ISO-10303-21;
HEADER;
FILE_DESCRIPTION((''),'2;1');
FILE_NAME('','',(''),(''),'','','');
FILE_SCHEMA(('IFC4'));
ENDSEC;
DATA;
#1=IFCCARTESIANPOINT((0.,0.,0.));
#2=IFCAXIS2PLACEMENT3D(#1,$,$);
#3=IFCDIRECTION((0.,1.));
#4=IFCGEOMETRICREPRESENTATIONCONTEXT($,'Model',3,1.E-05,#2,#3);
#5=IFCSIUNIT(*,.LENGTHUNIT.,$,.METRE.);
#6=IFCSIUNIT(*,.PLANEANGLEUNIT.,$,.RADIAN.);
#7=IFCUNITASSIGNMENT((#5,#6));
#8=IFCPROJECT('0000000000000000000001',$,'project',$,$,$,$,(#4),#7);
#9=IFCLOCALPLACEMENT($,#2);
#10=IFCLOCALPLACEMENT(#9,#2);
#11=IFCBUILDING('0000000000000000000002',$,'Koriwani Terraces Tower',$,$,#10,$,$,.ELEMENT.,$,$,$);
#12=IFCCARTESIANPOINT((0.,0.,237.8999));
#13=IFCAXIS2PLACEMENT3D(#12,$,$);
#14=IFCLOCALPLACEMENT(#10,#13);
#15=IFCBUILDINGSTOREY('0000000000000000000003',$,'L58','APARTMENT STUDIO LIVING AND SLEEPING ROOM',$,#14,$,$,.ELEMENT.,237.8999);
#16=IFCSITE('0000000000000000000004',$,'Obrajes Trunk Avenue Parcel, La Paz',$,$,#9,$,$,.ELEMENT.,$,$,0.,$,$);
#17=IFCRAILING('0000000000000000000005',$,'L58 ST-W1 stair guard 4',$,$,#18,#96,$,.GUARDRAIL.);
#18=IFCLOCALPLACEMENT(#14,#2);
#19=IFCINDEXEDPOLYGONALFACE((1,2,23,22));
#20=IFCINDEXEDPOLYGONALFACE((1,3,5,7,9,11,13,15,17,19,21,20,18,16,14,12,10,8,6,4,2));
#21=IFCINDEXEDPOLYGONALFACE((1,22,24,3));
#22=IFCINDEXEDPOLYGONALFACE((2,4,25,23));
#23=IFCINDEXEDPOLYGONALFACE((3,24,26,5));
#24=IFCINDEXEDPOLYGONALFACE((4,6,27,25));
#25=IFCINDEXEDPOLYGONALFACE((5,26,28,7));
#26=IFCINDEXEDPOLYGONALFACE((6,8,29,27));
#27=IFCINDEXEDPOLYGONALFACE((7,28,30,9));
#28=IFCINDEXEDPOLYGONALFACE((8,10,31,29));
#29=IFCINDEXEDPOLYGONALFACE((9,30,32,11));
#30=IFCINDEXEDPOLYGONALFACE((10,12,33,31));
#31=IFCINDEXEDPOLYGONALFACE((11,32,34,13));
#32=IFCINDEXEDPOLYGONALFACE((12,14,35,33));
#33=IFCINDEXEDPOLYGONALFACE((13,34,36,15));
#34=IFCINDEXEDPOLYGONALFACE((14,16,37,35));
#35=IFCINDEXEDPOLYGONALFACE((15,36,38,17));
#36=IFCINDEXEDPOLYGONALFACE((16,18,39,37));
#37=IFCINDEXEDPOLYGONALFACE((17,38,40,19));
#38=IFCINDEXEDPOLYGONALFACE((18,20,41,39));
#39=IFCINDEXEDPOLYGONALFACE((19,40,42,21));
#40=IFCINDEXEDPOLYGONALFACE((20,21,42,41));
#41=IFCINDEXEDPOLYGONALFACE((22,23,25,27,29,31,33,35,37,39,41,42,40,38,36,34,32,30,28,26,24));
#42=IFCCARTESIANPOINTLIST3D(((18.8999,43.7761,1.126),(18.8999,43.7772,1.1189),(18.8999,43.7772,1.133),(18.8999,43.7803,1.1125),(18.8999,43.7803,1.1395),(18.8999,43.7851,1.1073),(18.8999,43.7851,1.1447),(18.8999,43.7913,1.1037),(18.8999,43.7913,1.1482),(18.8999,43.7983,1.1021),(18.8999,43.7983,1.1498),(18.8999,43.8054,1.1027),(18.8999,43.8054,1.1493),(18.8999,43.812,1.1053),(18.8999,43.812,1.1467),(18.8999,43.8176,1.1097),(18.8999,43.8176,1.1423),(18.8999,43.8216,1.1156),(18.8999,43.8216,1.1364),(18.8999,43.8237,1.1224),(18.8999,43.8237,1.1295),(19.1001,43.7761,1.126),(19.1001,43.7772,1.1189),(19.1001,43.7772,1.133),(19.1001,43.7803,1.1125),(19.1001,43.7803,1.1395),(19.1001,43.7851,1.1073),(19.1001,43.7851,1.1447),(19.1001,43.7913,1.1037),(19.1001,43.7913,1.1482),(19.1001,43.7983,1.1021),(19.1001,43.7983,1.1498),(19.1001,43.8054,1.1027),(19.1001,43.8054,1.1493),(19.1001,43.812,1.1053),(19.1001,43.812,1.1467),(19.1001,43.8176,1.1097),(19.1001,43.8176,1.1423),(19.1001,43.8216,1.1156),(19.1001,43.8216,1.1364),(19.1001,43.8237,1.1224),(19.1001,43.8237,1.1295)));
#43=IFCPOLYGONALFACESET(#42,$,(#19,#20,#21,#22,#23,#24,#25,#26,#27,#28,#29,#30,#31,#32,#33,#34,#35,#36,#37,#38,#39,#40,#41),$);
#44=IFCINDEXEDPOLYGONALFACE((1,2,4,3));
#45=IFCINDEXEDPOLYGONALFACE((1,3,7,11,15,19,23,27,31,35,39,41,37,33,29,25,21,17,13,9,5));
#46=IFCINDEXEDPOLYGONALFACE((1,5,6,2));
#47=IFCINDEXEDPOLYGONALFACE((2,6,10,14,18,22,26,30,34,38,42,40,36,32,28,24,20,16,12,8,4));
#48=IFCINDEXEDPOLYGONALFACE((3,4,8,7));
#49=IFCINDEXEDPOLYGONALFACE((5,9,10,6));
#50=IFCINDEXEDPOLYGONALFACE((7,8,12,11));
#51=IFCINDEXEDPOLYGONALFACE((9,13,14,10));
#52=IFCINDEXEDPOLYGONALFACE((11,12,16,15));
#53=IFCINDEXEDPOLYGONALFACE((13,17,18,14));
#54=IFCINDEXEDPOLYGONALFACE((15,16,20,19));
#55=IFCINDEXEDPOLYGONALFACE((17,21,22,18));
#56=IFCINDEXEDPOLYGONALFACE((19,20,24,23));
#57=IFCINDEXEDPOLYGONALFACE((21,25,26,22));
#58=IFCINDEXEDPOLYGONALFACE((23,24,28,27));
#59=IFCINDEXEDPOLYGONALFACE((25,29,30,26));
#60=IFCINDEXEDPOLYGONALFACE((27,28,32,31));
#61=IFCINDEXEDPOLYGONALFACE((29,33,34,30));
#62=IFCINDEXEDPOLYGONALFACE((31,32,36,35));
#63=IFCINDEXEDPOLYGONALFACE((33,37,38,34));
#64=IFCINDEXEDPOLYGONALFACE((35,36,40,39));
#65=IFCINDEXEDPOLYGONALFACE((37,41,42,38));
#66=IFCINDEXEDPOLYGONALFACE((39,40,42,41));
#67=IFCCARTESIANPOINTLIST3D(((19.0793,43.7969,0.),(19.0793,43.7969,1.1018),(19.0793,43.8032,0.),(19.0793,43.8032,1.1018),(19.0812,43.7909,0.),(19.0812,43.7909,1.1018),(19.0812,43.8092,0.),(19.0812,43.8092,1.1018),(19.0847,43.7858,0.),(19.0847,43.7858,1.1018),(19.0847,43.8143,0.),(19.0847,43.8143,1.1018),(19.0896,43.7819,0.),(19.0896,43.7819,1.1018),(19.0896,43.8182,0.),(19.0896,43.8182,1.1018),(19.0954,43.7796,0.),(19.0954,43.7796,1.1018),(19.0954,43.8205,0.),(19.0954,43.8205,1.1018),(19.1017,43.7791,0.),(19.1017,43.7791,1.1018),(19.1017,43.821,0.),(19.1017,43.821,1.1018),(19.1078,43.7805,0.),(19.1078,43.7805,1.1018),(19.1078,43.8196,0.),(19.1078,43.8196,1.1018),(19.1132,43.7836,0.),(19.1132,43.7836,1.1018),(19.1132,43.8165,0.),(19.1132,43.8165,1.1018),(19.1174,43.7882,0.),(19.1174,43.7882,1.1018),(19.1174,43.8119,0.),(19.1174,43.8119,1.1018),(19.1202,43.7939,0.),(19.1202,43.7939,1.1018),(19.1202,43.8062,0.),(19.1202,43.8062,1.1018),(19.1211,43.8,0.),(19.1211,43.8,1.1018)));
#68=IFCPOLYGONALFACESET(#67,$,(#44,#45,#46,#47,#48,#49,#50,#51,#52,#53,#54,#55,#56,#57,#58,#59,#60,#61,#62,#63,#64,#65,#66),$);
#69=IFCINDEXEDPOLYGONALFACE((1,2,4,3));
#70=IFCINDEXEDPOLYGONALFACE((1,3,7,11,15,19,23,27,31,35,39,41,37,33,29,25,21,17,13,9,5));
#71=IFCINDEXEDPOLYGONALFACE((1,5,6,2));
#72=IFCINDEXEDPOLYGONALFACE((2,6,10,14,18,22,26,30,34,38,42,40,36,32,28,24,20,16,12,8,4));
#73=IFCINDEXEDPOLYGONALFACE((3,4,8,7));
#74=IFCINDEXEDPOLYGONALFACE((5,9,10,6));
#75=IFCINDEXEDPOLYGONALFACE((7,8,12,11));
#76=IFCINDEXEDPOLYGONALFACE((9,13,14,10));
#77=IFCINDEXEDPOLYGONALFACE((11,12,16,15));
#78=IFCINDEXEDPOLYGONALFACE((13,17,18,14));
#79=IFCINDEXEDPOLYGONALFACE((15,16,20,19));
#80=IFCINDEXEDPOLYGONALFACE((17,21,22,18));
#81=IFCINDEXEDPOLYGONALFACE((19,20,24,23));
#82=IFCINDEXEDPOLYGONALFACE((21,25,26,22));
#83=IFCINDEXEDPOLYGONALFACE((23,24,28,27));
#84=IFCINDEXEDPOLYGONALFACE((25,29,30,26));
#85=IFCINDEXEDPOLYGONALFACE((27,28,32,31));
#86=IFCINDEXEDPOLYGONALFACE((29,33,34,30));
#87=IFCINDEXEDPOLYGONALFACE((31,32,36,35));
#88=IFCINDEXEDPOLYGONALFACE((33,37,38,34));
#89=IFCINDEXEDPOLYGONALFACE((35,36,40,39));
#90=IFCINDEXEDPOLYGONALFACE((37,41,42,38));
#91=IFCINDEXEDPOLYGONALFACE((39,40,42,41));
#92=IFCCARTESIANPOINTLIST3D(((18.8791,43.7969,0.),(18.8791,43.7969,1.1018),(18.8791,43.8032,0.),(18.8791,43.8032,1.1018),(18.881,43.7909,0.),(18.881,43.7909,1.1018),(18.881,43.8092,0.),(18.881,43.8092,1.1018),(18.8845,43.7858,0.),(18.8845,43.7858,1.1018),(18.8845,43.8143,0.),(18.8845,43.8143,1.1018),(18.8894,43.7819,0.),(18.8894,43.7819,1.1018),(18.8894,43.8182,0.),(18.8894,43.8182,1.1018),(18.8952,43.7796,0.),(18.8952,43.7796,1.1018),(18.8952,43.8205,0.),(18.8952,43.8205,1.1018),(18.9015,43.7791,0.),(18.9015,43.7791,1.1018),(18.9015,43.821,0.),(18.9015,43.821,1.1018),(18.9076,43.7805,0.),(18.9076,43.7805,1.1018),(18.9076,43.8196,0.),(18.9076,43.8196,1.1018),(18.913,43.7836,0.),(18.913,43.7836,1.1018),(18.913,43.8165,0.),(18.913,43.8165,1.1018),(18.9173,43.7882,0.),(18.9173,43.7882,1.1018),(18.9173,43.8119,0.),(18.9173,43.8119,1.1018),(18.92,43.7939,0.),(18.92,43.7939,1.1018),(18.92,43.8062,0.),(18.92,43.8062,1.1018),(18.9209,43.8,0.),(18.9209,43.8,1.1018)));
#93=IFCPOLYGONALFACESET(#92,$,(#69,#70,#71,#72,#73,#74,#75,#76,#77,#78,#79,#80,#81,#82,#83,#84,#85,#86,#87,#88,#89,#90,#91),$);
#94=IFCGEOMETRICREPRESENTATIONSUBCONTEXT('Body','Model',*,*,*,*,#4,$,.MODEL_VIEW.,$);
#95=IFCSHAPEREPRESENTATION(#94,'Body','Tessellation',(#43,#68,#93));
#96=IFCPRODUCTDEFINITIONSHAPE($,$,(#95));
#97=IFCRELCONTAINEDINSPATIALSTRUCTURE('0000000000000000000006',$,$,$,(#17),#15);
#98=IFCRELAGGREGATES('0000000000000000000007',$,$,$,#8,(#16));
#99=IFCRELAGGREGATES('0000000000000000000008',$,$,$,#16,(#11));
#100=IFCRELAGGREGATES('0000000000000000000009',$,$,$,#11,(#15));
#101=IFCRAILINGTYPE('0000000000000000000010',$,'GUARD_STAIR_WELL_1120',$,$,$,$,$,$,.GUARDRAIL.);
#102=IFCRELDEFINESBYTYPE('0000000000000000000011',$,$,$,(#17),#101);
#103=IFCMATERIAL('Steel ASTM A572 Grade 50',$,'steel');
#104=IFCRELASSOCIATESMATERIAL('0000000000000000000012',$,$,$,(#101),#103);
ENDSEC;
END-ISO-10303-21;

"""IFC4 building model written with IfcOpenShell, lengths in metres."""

from ifc_helpers import new_model, si_unit, direction, frame, origin, origin_2d, place, context, subcontext, project, spatial, circle, extrude, material, type_object, element, save


model = new_model("IFC4")

# Units and contexts
model_context = context("Model", 3, precision=1e-05, world=origin(), true_north=direction((0.0, 1.0)))
body_context = subcontext(model_context, "Body", "Model", "MODEL_VIEW")
ifc_project = project(units=[si_unit("LENGTHUNIT", "METRE"), si_unit("PLANEANGLEUNIT", "RADIAN")], contexts=[model_context])

# Site, building, storey
site_placement = place(None, origin())
site = spatial("IfcSite", under=ifc_project, at=site_placement, Name="Obrajes Trunk Avenue Parcel, La Paz", CompositionType="ELEMENT", RefElevation=0.0)
building_placement = place(site_placement, origin())
building = spatial("IfcBuilding", under=site, at=building_placement, Name="Koriwani Terraces Tower", CompositionType="ELEMENT")
storey_placement = place(building_placement, frame((0.0, 0.0, 237.8999)))
storey = spatial("IfcBuildingStorey", under=building, at=storey_placement, Name="L58", Description="APARTMENT STUDIO LIVING AND SLEEPING ROOM", CompositionType="ELEMENT", Elevation=237.8999)

# Shared definitions
ifc_material_1 = material(Name="Steel ASTM A572 Grade 50", Category="steel")

# Railing
railing_type_1 = type_object("IfcRailingType", Name="GUARD_STAIR_WELL_1120", PredefinedType="GUARDRAIL", material=ifc_material_1)
railing_1_placement = place(storey_placement, frame((19.1001, 43.8, 0.0)))
element("IfcRailing", 1, at=railing_1_placement, inside=storey, type_object=railing_type_1, Name="L58 ST-W1 stair guard 4", PredefinedType="GUARDRAIL", context=body_context, shape_type="SweptSolid", body=[
    extrude(circle(Radius=0.0239, at=origin_2d()), frame((0.0, 0.0, 1.126), z_axis=(-1.0, 0.0, 0.0), x_axis=(0.0, -1.0, 0.0)), (0.0, 0.0, 1.0), 0.2002),
    extrude(circle(Radius=0.021, at=origin_2d()), origin(), (0.0, 0.0, 1.0), 1.1018),
    extrude(circle(Radius=0.021, at=origin_2d()), frame((-0.2002, 0.0, 0.0)), (0.0, 0.0, 1.0), 1.1018),
])

save(model, "model.ifc")
